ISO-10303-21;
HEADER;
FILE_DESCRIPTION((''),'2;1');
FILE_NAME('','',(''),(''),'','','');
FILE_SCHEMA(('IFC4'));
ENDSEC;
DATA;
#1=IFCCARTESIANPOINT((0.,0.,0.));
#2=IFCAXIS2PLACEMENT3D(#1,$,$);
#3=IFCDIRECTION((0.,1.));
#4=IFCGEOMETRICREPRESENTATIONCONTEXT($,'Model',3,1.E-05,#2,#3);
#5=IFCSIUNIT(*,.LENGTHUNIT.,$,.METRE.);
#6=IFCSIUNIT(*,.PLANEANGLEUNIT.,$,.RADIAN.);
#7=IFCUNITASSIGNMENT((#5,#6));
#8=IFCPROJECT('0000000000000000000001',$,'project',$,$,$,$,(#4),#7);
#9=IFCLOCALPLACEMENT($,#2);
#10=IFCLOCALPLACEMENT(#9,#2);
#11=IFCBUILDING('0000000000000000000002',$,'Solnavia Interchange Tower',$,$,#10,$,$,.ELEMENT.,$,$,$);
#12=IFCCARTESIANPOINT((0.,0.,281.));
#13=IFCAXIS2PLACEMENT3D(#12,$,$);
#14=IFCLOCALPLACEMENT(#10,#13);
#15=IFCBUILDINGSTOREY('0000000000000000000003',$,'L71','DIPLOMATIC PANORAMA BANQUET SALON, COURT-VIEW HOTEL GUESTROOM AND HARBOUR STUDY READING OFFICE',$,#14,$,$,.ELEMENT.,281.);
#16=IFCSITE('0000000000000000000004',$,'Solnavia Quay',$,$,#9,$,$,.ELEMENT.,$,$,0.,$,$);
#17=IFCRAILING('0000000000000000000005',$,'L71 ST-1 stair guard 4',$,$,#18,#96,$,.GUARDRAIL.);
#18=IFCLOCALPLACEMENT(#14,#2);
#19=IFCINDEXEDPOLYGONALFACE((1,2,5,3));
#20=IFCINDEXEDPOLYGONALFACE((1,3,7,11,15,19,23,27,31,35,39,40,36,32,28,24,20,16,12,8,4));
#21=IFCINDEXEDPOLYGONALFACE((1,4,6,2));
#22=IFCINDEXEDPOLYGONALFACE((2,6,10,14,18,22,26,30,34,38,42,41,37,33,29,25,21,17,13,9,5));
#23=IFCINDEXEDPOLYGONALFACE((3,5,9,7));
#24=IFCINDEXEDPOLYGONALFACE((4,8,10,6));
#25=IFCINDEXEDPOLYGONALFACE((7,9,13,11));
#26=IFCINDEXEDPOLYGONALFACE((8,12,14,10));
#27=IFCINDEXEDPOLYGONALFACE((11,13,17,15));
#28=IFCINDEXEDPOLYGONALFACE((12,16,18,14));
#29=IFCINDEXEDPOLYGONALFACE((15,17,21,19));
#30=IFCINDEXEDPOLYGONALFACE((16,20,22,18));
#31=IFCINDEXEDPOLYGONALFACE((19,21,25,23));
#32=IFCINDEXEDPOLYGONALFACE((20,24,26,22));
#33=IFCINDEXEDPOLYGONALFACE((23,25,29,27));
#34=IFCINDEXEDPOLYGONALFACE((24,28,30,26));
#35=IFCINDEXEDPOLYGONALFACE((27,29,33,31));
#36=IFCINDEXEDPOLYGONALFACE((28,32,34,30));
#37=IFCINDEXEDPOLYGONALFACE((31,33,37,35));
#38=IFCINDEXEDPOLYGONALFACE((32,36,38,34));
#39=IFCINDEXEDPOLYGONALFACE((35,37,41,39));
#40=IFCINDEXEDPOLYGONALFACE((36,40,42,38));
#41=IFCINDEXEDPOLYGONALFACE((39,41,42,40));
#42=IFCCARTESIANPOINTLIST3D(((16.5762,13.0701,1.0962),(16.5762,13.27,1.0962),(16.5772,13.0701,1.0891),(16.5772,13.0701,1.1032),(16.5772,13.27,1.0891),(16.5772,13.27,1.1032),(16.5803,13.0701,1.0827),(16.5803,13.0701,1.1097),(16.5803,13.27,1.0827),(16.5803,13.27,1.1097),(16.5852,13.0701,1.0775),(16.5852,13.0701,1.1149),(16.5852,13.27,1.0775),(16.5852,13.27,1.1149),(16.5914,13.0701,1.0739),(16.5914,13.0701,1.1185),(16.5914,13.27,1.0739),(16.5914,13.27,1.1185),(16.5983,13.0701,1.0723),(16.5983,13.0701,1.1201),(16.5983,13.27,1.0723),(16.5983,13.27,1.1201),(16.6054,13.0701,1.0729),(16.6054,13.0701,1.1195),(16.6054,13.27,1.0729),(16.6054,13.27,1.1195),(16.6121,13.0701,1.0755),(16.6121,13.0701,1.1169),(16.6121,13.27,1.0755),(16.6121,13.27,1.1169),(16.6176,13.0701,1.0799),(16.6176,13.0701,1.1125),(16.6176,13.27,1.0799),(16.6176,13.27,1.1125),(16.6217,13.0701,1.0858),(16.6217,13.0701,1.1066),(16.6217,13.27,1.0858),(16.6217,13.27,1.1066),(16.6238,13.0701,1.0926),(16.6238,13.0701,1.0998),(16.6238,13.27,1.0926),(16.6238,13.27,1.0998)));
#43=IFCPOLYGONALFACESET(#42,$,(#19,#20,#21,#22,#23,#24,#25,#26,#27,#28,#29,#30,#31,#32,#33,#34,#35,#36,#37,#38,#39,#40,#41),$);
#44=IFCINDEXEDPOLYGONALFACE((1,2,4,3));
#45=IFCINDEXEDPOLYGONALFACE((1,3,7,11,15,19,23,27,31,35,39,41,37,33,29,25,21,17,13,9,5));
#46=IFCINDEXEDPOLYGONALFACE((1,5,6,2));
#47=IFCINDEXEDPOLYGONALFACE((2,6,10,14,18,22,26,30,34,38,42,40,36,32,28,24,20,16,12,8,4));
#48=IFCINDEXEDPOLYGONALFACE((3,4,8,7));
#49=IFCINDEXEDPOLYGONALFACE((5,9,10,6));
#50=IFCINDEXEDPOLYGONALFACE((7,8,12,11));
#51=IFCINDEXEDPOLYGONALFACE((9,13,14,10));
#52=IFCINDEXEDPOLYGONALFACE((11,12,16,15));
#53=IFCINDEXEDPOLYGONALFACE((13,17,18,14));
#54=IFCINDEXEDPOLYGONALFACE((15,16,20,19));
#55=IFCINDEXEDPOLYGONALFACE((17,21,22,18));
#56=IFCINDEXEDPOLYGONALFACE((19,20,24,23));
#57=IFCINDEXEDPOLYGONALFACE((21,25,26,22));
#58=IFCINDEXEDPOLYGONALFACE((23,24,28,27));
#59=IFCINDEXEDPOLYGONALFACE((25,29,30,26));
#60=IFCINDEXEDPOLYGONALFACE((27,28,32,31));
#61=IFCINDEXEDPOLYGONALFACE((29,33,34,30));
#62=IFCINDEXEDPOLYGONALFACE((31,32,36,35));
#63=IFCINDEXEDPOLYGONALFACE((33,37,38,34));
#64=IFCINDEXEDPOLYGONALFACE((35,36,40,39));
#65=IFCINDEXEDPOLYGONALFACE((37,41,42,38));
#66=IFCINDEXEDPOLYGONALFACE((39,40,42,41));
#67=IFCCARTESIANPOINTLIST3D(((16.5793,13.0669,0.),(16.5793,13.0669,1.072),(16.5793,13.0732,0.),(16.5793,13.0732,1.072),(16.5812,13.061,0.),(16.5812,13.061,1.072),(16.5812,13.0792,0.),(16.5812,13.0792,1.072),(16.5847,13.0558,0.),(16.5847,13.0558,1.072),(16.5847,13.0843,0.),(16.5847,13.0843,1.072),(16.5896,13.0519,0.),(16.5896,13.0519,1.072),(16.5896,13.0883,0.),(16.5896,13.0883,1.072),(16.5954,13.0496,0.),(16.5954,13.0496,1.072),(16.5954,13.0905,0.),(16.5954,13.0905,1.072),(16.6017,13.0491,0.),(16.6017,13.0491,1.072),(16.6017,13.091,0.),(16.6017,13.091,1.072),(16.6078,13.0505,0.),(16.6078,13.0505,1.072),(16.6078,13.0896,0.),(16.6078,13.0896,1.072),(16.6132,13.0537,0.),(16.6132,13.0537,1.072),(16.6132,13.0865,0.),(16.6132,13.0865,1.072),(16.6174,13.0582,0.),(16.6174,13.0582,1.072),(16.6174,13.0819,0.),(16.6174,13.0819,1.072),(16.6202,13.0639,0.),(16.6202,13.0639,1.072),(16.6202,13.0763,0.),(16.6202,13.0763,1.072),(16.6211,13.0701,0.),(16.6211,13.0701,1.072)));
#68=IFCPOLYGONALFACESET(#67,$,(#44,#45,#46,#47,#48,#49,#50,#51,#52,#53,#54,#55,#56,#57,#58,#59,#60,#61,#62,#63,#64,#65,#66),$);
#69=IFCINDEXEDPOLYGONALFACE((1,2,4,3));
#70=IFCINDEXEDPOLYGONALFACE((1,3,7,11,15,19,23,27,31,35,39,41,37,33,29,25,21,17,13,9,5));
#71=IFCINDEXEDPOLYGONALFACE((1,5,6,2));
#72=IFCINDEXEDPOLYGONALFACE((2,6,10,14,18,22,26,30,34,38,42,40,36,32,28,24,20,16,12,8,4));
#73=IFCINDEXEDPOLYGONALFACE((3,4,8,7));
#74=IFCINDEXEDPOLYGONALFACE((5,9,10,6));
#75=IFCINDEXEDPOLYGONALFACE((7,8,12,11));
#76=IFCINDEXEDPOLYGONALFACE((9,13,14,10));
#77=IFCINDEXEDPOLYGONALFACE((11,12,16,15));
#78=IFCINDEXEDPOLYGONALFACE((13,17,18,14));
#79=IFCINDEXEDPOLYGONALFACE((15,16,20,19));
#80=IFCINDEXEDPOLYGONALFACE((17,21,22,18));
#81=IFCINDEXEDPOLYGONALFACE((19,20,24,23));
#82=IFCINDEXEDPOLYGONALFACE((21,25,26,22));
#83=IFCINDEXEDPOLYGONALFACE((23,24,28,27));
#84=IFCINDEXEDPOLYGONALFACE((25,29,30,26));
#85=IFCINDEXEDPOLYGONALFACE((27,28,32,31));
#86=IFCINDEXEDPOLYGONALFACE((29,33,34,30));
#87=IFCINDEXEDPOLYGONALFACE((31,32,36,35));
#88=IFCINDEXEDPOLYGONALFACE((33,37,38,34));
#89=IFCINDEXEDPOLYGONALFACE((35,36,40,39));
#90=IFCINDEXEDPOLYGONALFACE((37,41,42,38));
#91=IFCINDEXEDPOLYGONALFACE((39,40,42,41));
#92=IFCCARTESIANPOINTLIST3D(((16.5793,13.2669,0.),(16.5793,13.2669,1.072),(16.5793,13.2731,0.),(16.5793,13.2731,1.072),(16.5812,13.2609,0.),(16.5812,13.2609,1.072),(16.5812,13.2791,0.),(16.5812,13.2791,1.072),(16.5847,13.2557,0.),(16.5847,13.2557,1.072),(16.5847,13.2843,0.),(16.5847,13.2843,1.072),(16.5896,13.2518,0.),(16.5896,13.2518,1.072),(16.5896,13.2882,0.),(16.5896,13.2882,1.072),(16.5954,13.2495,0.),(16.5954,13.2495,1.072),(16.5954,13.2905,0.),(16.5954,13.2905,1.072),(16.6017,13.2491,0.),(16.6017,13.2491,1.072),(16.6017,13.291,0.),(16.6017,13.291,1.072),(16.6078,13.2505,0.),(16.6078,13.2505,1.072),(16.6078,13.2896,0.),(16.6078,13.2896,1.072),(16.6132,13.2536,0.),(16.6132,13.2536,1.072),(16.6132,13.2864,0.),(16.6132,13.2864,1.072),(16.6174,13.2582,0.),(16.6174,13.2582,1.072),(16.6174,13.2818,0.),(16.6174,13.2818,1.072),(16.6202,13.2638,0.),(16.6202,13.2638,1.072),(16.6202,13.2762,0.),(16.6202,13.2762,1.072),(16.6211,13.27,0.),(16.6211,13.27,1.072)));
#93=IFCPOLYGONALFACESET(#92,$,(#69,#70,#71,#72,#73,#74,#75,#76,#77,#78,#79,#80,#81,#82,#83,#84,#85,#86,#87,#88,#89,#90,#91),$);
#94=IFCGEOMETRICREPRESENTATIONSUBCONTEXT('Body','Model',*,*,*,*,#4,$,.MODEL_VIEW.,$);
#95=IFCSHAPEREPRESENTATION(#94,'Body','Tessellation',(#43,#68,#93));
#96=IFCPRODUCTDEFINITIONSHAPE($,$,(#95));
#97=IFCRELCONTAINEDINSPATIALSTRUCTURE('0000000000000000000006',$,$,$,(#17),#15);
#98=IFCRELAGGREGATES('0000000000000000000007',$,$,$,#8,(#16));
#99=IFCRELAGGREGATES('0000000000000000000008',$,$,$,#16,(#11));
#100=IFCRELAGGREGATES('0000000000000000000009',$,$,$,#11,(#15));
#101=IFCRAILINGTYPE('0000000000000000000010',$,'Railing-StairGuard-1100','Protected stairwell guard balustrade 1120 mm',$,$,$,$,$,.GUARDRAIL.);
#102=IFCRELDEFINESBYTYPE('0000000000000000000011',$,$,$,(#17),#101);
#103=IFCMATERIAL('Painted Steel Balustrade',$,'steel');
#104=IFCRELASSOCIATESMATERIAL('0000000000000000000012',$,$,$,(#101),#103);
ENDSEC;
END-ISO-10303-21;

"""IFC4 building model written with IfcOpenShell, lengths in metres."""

from ifc_helpers import new_model, si_unit, direction, frame, origin, origin_2d, place, context, subcontext, project, spatial, circle, extrude, material, type_object, element, save


model = new_model("IFC4")

# Units and contexts
model_context = context("Model", 3, precision=1e-05, world=origin(), true_north=direction((0.0, 1.0)))
body_context = subcontext(model_context, "Body", "Model", "MODEL_VIEW")
ifc_project = project(units=[si_unit("LENGTHUNIT", "METRE"), si_unit("PLANEANGLEUNIT", "RADIAN")], contexts=[model_context])

# Site, building, storey
site_placement = place(None, origin())
site = spatial("IfcSite", under=ifc_project, at=site_placement, Name="Solnavia Quay", CompositionType="ELEMENT", RefElevation=0.0)
building_placement = place(site_placement, origin())
building = spatial("IfcBuilding", under=site, at=building_placement, Name="Solnavia Interchange Tower", CompositionType="ELEMENT")
storey_placement = place(building_placement, frame((0.0, 0.0, 281.0)))
storey = spatial("IfcBuildingStorey", under=building, at=storey_placement, Name="L71", Description="DIPLOMATIC PANORAMA BANQUET SALON, COURT-VIEW HOTEL GUESTROOM AND HARBOUR STUDY READING OFFICE", CompositionType="ELEMENT", Elevation=281.0)

# Railing
ifc_material_1 = material(Name="Painted Steel Balustrade", Category="steel")
railing_type_1 = type_object("IfcRailingType", Name="Railing-StairGuard-1100", Description="Protected stairwell guard balustrade 1120 mm", PredefinedType="GUARDRAIL", material=ifc_material_1)
railing_1_placement = place(storey_placement, frame((16.6001, 13.0701, 0.0)))
element("IfcRailing", 1, at=railing_1_placement, inside=storey, type_object=railing_type_1, Name="L71 ST-1 stair guard 4", PredefinedType="GUARDRAIL", context=body_context, shape_type="SweptSolid", body=[
    extrude(circle(Radius=0.0239, at=origin_2d()), frame((0.0, 0.0, 1.0962), z_axis=(0.0, 1.0, 0.0), x_axis=(-1.0, 0.0, 0.0)), (0.0, 0.0, 1.0), 0.2),
    extrude(circle(Radius=0.021, at=origin_2d()), origin(), (0.0, 0.0, 1.0), 1.072),
    extrude(circle(Radius=0.021, at=origin_2d()), frame((0.0, 0.2, 0.0)), (0.0, 0.0, 1.0), 1.072),
])

save(model, "model.ifc")
